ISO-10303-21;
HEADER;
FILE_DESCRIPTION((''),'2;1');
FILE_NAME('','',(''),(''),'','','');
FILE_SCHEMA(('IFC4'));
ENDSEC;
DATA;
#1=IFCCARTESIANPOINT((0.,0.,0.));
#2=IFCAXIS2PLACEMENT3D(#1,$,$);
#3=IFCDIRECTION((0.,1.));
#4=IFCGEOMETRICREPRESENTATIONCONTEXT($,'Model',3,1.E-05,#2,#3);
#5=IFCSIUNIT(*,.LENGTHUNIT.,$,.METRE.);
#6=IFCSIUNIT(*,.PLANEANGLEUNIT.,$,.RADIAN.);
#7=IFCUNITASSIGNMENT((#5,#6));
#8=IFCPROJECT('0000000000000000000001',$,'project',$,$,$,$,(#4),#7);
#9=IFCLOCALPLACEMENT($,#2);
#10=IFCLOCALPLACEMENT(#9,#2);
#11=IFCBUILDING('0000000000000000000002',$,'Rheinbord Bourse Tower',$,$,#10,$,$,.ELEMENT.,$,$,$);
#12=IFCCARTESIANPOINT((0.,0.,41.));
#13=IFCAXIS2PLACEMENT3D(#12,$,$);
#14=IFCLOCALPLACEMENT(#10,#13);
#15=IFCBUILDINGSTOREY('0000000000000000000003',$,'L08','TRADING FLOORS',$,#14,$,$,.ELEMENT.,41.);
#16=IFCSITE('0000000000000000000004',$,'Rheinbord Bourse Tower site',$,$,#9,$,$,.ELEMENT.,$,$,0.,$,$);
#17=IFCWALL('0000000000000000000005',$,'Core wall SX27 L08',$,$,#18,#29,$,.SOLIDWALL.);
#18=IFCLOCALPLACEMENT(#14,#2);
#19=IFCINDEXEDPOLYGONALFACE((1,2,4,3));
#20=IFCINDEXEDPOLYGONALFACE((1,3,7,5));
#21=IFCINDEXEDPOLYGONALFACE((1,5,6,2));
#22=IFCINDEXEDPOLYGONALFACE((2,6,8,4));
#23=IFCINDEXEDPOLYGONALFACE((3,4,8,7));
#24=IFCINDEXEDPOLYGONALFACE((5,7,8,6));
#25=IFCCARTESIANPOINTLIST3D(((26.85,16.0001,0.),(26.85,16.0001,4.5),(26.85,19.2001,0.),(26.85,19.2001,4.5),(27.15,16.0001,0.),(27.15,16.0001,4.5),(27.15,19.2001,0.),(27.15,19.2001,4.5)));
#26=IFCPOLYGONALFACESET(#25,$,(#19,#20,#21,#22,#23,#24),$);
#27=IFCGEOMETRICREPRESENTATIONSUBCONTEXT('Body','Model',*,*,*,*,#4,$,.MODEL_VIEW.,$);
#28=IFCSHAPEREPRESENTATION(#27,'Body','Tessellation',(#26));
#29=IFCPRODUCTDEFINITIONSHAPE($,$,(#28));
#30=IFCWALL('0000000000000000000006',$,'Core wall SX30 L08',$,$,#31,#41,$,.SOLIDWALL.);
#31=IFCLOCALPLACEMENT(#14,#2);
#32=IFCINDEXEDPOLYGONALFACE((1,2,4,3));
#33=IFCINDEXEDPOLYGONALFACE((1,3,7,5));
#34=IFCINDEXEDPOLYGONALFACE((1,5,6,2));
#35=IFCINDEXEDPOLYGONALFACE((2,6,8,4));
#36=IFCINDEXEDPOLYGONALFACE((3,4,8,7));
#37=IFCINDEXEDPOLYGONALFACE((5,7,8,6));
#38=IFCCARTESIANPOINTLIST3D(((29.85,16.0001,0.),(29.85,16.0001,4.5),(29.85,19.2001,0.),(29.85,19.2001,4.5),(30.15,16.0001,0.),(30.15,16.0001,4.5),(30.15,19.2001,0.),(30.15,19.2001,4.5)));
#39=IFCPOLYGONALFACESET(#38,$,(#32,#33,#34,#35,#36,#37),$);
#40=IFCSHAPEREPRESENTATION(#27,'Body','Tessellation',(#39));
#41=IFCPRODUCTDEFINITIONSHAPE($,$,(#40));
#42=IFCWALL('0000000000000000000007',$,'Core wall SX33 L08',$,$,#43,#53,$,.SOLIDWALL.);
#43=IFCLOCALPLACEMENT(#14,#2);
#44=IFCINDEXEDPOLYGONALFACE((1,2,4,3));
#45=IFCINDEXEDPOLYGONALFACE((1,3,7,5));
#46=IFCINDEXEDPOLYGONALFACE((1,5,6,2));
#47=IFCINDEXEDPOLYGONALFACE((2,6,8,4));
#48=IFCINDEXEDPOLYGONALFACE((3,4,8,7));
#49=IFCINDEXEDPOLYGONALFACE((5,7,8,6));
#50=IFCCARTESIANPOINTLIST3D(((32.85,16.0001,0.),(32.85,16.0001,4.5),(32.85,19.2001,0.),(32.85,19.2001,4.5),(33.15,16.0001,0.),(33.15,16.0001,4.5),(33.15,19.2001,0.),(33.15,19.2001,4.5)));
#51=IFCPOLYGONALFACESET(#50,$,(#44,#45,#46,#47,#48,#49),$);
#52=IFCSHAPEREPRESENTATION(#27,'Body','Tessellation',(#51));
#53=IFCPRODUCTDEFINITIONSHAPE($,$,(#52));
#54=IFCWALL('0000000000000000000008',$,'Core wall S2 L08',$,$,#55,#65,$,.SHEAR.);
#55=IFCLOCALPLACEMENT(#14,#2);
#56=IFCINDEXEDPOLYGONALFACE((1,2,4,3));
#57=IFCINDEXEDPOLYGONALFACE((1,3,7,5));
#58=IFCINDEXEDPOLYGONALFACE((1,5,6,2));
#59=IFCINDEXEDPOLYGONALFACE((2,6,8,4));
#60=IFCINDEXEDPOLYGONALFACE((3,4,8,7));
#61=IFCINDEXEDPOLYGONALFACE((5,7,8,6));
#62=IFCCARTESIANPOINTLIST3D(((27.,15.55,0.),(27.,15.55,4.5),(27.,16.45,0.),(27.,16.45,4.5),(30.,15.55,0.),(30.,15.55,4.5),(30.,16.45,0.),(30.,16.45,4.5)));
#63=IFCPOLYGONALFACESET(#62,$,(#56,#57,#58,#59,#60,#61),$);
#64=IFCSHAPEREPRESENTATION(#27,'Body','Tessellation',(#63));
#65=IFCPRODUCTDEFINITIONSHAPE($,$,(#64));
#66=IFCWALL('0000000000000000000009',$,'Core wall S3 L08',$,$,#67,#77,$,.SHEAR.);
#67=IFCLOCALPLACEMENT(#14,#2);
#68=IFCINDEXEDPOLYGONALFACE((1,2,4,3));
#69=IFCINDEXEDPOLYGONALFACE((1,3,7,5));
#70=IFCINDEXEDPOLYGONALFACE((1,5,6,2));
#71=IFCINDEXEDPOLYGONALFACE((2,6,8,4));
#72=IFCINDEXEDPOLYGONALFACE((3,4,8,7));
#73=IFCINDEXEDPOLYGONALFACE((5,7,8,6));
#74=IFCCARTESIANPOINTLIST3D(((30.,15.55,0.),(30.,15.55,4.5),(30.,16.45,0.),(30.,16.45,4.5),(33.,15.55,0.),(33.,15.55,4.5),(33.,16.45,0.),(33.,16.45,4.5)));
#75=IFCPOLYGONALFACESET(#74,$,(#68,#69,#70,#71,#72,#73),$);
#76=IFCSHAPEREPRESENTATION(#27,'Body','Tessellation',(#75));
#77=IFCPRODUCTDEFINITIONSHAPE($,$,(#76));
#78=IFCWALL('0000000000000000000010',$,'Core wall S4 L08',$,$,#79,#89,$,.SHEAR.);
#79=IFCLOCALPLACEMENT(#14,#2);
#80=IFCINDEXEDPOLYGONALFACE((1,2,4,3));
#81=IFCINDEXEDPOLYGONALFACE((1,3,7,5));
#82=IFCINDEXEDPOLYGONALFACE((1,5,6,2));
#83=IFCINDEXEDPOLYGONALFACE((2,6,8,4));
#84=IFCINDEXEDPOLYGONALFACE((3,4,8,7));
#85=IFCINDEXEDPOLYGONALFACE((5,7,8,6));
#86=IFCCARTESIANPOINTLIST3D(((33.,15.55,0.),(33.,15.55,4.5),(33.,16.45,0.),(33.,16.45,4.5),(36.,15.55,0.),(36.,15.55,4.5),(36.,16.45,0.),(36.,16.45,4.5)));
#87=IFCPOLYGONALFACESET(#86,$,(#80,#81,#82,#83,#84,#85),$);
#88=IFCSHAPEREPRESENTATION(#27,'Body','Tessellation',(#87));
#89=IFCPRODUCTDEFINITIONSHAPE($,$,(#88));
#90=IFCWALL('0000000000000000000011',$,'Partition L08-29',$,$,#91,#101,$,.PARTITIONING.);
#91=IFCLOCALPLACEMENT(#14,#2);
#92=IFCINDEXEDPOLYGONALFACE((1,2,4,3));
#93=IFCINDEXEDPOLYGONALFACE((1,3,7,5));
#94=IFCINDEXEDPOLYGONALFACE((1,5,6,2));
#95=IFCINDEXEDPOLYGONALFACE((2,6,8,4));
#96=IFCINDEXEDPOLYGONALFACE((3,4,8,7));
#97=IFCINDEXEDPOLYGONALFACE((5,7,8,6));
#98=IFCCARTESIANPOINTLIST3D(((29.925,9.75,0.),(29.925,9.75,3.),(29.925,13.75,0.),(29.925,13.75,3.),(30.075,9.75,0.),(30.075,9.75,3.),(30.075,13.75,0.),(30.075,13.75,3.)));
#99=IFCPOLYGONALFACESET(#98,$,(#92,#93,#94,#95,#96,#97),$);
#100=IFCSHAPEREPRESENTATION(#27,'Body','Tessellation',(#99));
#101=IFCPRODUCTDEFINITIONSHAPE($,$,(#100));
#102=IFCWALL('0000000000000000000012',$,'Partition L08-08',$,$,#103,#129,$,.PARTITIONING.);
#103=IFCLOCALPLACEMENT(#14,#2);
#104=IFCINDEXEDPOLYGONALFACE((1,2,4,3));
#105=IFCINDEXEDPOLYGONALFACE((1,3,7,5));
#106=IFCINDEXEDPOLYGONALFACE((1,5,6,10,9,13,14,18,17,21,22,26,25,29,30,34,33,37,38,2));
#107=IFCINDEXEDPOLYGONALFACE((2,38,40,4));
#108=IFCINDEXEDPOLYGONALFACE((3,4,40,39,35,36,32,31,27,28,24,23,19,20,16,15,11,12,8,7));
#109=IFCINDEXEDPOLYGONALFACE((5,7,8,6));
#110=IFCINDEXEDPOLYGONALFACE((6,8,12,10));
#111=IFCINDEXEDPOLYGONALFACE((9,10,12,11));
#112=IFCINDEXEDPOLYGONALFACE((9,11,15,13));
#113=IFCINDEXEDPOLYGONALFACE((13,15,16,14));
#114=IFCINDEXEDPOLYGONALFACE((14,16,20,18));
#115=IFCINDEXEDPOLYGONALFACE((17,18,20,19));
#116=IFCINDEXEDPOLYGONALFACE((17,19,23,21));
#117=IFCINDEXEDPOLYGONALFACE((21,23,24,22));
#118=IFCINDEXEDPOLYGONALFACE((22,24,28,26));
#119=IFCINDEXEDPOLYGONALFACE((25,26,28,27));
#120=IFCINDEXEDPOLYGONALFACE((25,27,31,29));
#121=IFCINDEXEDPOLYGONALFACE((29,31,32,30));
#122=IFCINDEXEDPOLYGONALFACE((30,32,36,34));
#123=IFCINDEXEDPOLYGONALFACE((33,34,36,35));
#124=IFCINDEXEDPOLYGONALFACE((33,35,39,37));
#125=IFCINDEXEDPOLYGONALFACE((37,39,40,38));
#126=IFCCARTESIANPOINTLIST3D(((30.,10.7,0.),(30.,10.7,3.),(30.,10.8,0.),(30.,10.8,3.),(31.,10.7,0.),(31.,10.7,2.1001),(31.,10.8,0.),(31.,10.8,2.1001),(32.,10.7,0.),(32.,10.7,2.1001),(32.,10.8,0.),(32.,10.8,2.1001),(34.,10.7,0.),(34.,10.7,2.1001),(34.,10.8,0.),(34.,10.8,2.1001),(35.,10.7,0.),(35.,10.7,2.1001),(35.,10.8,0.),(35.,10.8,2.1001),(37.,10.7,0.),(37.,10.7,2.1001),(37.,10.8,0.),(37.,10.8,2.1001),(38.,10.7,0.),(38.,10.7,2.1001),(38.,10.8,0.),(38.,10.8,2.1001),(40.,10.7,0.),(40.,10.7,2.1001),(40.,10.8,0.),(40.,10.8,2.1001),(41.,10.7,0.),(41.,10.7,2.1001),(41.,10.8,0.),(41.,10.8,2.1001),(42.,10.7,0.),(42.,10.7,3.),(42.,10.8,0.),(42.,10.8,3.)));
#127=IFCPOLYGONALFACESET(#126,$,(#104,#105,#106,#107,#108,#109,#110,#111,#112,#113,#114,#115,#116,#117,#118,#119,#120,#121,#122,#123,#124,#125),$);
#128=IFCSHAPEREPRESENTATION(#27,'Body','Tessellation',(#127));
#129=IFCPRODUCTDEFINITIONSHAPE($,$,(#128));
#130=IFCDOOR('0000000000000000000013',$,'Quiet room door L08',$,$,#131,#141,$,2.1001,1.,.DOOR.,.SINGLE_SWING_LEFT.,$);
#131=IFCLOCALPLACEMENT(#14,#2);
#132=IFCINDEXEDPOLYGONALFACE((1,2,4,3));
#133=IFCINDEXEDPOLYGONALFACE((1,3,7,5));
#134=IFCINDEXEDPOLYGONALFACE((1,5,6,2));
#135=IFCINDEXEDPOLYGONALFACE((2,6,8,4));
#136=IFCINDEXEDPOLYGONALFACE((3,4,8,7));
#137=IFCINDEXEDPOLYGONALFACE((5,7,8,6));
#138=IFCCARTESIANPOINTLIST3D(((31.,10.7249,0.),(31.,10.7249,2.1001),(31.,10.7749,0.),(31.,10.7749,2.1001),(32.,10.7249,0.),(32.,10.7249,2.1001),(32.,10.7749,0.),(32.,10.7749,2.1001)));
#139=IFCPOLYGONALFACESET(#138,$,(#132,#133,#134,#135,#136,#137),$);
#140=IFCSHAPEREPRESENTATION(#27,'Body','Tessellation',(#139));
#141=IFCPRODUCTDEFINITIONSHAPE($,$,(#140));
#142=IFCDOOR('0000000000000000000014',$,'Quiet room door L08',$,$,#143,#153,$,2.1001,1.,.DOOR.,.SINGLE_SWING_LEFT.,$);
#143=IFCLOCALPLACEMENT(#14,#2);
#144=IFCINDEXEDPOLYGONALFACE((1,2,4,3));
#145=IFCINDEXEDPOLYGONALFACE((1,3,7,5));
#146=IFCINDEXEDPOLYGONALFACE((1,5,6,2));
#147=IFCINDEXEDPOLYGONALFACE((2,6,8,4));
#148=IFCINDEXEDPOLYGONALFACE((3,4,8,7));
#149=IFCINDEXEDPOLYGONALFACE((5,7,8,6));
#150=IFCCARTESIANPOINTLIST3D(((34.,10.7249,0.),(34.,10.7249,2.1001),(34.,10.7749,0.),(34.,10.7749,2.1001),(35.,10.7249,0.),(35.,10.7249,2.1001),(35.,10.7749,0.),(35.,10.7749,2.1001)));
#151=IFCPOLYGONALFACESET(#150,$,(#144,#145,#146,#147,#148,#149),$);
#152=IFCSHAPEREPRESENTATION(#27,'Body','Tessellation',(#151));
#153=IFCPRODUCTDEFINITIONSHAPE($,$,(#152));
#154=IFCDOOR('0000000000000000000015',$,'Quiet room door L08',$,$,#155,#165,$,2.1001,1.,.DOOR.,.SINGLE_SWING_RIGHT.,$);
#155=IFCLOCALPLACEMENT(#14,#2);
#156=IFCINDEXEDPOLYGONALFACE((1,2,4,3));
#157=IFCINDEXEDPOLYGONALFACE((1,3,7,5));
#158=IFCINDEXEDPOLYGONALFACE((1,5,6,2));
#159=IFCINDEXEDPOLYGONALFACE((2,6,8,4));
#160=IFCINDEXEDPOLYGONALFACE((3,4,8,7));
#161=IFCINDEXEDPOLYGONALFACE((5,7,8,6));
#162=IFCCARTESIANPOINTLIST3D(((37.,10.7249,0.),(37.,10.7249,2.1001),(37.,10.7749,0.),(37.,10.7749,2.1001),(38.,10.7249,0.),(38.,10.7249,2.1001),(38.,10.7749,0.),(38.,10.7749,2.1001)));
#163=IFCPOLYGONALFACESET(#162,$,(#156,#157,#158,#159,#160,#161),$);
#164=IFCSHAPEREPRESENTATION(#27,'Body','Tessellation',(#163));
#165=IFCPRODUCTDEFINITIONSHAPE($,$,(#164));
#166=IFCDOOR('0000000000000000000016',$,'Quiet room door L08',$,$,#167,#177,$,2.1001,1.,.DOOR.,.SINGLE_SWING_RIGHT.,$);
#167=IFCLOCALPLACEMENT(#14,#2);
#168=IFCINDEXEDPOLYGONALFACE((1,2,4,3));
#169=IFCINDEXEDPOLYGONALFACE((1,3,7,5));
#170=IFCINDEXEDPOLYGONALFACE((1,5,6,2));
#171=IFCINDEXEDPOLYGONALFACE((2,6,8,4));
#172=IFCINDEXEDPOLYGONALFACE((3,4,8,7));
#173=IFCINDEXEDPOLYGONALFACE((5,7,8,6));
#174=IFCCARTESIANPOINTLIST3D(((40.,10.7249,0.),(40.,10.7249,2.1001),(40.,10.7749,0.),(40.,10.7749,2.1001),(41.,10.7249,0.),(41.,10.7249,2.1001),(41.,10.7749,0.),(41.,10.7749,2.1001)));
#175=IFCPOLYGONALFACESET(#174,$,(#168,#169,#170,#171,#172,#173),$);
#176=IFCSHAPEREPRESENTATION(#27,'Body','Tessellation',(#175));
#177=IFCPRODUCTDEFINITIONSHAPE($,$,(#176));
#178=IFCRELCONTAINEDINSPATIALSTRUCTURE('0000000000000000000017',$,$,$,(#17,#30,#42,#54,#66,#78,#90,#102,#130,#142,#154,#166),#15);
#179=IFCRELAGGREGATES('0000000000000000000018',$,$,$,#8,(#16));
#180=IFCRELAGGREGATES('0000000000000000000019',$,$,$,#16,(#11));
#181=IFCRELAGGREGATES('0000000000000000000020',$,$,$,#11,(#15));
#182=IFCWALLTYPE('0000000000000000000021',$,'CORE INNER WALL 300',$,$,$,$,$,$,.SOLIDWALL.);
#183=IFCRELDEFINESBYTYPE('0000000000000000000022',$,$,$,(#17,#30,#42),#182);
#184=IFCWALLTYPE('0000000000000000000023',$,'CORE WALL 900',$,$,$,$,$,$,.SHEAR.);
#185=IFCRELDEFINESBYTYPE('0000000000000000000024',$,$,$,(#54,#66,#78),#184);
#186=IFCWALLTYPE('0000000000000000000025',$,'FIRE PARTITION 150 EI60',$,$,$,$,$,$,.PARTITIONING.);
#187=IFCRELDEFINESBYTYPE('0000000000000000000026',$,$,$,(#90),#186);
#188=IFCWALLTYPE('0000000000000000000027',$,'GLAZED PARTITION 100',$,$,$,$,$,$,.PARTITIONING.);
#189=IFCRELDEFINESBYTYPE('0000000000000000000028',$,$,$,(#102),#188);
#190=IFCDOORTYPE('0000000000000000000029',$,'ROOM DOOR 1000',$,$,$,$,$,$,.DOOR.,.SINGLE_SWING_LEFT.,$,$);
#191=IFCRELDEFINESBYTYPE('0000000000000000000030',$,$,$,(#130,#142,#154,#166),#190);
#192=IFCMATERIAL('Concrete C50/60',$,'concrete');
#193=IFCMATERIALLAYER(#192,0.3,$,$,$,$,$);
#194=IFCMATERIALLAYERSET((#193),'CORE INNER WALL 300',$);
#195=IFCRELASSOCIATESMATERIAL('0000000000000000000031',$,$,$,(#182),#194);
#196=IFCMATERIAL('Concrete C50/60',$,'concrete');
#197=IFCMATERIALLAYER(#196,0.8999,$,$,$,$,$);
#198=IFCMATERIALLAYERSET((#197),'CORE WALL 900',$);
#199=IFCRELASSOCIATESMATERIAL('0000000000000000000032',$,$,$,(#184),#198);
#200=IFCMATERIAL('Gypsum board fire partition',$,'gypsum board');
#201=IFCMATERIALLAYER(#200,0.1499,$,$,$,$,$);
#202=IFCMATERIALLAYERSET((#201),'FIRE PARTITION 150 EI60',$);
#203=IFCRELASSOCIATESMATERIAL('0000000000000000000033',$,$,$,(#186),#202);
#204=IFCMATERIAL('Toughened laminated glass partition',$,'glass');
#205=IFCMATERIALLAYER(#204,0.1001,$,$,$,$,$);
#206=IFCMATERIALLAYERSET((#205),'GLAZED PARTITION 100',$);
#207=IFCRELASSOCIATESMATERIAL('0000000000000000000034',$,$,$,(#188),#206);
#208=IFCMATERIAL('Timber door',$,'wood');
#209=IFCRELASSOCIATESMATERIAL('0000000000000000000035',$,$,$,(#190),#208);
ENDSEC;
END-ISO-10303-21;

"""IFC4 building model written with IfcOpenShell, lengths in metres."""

from ifc_helpers import new_model, si_unit, direction, frame, frame_2d, origin, place, context, subcontext, project, spatial, rectangle, extrude, material, layer, layer_set, type_object, element, fill, save


model = new_model("IFC4")

# Units and contexts
model_context = context("Model", 3, precision=1e-05, world=origin(), true_north=direction((0.0, 1.0)))
body_context = subcontext(model_context, "Body", "Model", "MODEL_VIEW")
ifc_project = project(units=[si_unit("LENGTHUNIT", "METRE"), si_unit("PLANEANGLEUNIT", "RADIAN")], contexts=[model_context])

# Site, building, storey
site_placement = place(None, origin())
site = spatial("IfcSite", under=ifc_project, at=site_placement, Name="Rheinbord Bourse Tower site", CompositionType="ELEMENT", RefElevation=0.0)
building_placement = place(site_placement, origin())
building = spatial("IfcBuilding", under=site, at=building_placement, Name="Rheinbord Bourse Tower", CompositionType="ELEMENT")
storey_placement = place(building_placement, frame((0.0, 0.0, 41.0)))
storey = spatial("IfcBuildingStorey", under=building, at=storey_placement, Name="L08", Description="TRADING FLOORS", CompositionType="ELEMENT", Elevation=41.0)

# Shared definitions
ifc_material_1 = material(Name="Concrete C50/60", Category="concrete")
ifc_layer_1 = layer(ifc_material_1, 0.3)
ifc_layer_set_1 = layer_set([ifc_layer_1], Name="CORE INNER WALL 300")
wall_type_1 = type_object("IfcWallType", Name="CORE INNER WALL 300", PredefinedType="SOLIDWALL", material=ifc_layer_set_1)

# Walls
for number, where, z_axis, x_axis, name in (
    (1, (27.0, 16.0, 0.0), (0.0, 0.0, 1.0), (0.0, 1.0, 0.0), "Core wall SX27 L08"),
    (2, (30.0, 16.0, 0.0), (0.0, 0.0, 1.0), (0.0, 1.0, 0.0), "Core wall SX30 L08"),
    (3, (33.0, 16.0, 0.0), (0.0, 0.0, 1.0), (0.0, 1.0, 0.0), "Core wall SX33 L08"),
):
    element("IfcWall", number, at=place(storey_placement, frame(where, z_axis=z_axis, x_axis=x_axis)), inside=storey, type_object=wall_type_1, Name=name, PredefinedType="SOLIDWALL", context=body_context, shape_type="SweptSolid", body=[
        extrude(rectangle(XDim=3.2, YDim=0.3, at=frame_2d((1.6001, 0.0))), origin(), (0.0, 0.0, 1.0), 4.5),
    ])
ifc_material_2 = material(Name="Concrete C50/60", Category="concrete")
ifc_layer_2 = layer(ifc_material_2, 0.8999)
ifc_layer_set_2 = layer_set([ifc_layer_2], Name="CORE WALL 900")
wall_type_2 = type_object("IfcWallType", Name="CORE WALL 900", PredefinedType="SHEAR", material=ifc_layer_set_2)
for number, where, z_axis, x_axis, name in (
    (4, (27.0, 16.0, 0.0), (0.0, 0.0, 1.0), (1.0, 0.0, 0.0), "Core wall S2 L08"),
    (5, (30.0, 16.0, 0.0), (0.0, 0.0, 1.0), (1.0, 0.0, 0.0), "Core wall S3 L08"),
    (6, (33.0, 16.0, 0.0), (0.0, 0.0, 1.0), (1.0, 0.0, 0.0), "Core wall S4 L08"),
):
    element("IfcWall", number, at=place(storey_placement, frame(where, z_axis=z_axis, x_axis=x_axis)), inside=storey, type_object=wall_type_2, Name=name, PredefinedType="SHEAR", context=body_context, shape_type="SweptSolid", body=[
        extrude(rectangle(XDim=3.0, YDim=0.8999, at=frame_2d((1.5, 0.0))), origin(), (0.0, 0.0, 1.0), 4.5),
    ])
ifc_material_3 = material(Name="Gypsum board fire partition", Category="gypsum board")
ifc_layer_3 = layer(ifc_material_3, 0.1499)
ifc_layer_set_3 = layer_set([ifc_layer_3], Name="FIRE PARTITION 150 EI60")
wall_type_3 = type_object("IfcWallType", Name="FIRE PARTITION 150 EI60", PredefinedType="PARTITIONING", material=ifc_layer_set_3)
wall_1_placement = place(storey_placement, frame((30.0, 9.75, 0.0), z_axis=(0.0, 0.0, 1.0), x_axis=(0.0, 1.0, 0.0)))
element("IfcWall", 7, at=wall_1_placement, inside=storey, type_object=wall_type_3, Name="Partition L08-29", PredefinedType="PARTITIONING", context=body_context, shape_type="SweptSolid", body=[
    extrude(rectangle(XDim=4.0, YDim=0.1499, at=frame_2d((2.0, 0.0))), origin(), (0.0, 0.0, 1.0), 3.0),
])

# Wall, openings, doors
ifc_material_4 = material(Name="Toughened laminated glass partition", Category="glass")
ifc_layer_4 = layer(ifc_material_4, 0.1001)
ifc_layer_set_4 = layer_set([ifc_layer_4], Name="GLAZED PARTITION 100")
wall_type_4 = type_object("IfcWallType", Name="GLAZED PARTITION 100", PredefinedType="PARTITIONING", material=ifc_layer_set_4)
wall_2_placement = place(storey_placement, frame((30.0, 10.75, 0.0), z_axis=(0.0, 0.0, 1.0), x_axis=(1.0, 0.0, 0.0)))
wall_2 = element("IfcWall", 8, at=wall_2_placement, inside=storey, type_object=wall_type_4, Name="Partition L08-08", PredefinedType="PARTITIONING", context=body_context, shape_type="SweptSolid", body=[
    extrude(rectangle(XDim=12.0, YDim=0.1001, at=frame_2d((6.0, 0.0))), origin(), (0.0, 0.0, 1.0), 3.0),
])
opening_1_placement = place(wall_2_placement, frame((1.0, 0.0, 0.0)))
opening_1 = element("IfcOpeningElement", 9, at=opening_1_placement, cuts=wall_2, PredefinedType="OPENING", context=body_context, shape_type="SweptSolid", body=[
    extrude(rectangle(XDim=1.0, YDim=2.1001, at=frame_2d((0.5, 1.05))), frame((0.0, 0.0601, 0.0), z_axis=(0.0, -1.0, 0.0), x_axis=(1.0, 0.0, 0.0)), (0.0, 0.0, 1.0), 0.1201),
])
opening_2_placement = place(wall_2_placement, frame((4.0, 0.0, 0.0)))
opening_2 = element("IfcOpeningElement", 10, at=opening_2_placement, cuts=wall_2, PredefinedType="OPENING", context=body_context, shape_type="SweptSolid", body=[
    extrude(rectangle(XDim=1.0, YDim=2.1001, at=frame_2d((0.5, 1.05))), frame((0.0, 0.0601, 0.0), z_axis=(0.0, -1.0, 0.0), x_axis=(1.0, 0.0, 0.0)), (0.0, 0.0, 1.0), 0.1201),
])
opening_3_placement = place(wall_2_placement, frame((7.0, 0.0, 0.0)))
opening_3 = element("IfcOpeningElement", 11, at=opening_3_placement, cuts=wall_2, PredefinedType="OPENING", context=body_context, shape_type="SweptSolid", body=[
    extrude(rectangle(XDim=1.0, YDim=2.1001, at=frame_2d((0.5, 1.05))), frame((0.0, 0.0601, 0.0), z_axis=(0.0, -1.0, 0.0), x_axis=(1.0, 0.0, 0.0)), (0.0, 0.0, 1.0), 0.1201),
])
opening_4_placement = place(wall_2_placement, frame((10.0, 0.0, 0.0)))
opening_4 = element("IfcOpeningElement", 12, at=opening_4_placement, cuts=wall_2, PredefinedType="OPENING", context=body_context, shape_type="SweptSolid", body=[
    extrude(rectangle(XDim=1.0, YDim=2.1001, at=frame_2d((0.5, 1.05))), frame((0.0, 0.0601, 0.0), z_axis=(0.0, -1.0, 0.0), x_axis=(1.0, 0.0, 0.0)), (0.0, 0.0, 1.0), 0.1201),
])
ifc_material_5 = material(Name="Timber door", Category="wood")
door_type_1 = type_object("IfcDoorType", Name="ROOM DOOR 1000", OperationType="SINGLE_SWING_LEFT", PredefinedType="DOOR", material=ifc_material_5)
door_1_placement = place(opening_1_placement, origin())
door_1 = element("IfcDoor", 13, at=door_1_placement, inside=storey, type_object=door_type_1, Name="Quiet room door L08", OperationType="SINGLE_SWING_LEFT", OverallHeight=2.1001, OverallWidth=1.0, PredefinedType="DOOR", context=body_context, shape_type="SweptSolid", body=[
    extrude(rectangle(XDim=1.0, YDim=2.1001, at=frame_2d((0.5, 1.05))), frame((0.0, 0.0249, 0.0), z_axis=(0.0, -1.0, 0.0), x_axis=(1.0, 0.0, 0.0)), (0.0, 0.0, 1.0), 0.05),
])
fill(opening_1, door_1)
door_2_placement = place(opening_2_placement, origin())
door_2 = element("IfcDoor", 14, at=door_2_placement, inside=storey, type_object=door_type_1, Name="Quiet room door L08", OperationType="SINGLE_SWING_LEFT", OverallHeight=2.1001, OverallWidth=1.0, PredefinedType="DOOR", context=body_context, shape_type="SweptSolid", body=[
    extrude(rectangle(XDim=1.0, YDim=2.1001, at=frame_2d((0.5, 1.05))), frame((0.0, 0.0249, 0.0), z_axis=(0.0, -1.0, 0.0), x_axis=(1.0, 0.0, 0.0)), (0.0, 0.0, 1.0), 0.05),
])
fill(opening_2, door_2)
door_3_placement = place(opening_3_placement, origin())
door_3 = element("IfcDoor", 15, at=door_3_placement, inside=storey, type_object=door_type_1, Name="Quiet room door L08", OperationType="SINGLE_SWING_RIGHT", OverallHeight=2.1001, OverallWidth=1.0, PredefinedType="DOOR", context=body_context, shape_type="SweptSolid", body=[
    extrude(rectangle(XDim=1.0, YDim=2.1001, at=frame_2d((0.5, 1.05))), frame((0.0, 0.0249, 0.0), z_axis=(0.0, -1.0, 0.0), x_axis=(1.0, 0.0, 0.0)), (0.0, 0.0, 1.0), 0.05),
])
fill(opening_3, door_3)
door_4_placement = place(opening_4_placement, origin())
door_4 = element("IfcDoor", 16, at=door_4_placement, inside=storey, type_object=door_type_1, Name="Quiet room door L08", OperationType="SINGLE_SWING_RIGHT", OverallHeight=2.1001, OverallWidth=1.0, PredefinedType="DOOR", context=body_context, shape_type="SweptSolid", body=[
    extrude(rectangle(XDim=1.0, YDim=2.1001, at=frame_2d((0.5, 1.05))), frame((0.0, 0.0249, 0.0), z_axis=(0.0, -1.0, 0.0), x_axis=(1.0, 0.0, 0.0)), (0.0, 0.0, 1.0), 0.05),
])
fill(opening_4, door_4)

save(model, "model.ifc")
